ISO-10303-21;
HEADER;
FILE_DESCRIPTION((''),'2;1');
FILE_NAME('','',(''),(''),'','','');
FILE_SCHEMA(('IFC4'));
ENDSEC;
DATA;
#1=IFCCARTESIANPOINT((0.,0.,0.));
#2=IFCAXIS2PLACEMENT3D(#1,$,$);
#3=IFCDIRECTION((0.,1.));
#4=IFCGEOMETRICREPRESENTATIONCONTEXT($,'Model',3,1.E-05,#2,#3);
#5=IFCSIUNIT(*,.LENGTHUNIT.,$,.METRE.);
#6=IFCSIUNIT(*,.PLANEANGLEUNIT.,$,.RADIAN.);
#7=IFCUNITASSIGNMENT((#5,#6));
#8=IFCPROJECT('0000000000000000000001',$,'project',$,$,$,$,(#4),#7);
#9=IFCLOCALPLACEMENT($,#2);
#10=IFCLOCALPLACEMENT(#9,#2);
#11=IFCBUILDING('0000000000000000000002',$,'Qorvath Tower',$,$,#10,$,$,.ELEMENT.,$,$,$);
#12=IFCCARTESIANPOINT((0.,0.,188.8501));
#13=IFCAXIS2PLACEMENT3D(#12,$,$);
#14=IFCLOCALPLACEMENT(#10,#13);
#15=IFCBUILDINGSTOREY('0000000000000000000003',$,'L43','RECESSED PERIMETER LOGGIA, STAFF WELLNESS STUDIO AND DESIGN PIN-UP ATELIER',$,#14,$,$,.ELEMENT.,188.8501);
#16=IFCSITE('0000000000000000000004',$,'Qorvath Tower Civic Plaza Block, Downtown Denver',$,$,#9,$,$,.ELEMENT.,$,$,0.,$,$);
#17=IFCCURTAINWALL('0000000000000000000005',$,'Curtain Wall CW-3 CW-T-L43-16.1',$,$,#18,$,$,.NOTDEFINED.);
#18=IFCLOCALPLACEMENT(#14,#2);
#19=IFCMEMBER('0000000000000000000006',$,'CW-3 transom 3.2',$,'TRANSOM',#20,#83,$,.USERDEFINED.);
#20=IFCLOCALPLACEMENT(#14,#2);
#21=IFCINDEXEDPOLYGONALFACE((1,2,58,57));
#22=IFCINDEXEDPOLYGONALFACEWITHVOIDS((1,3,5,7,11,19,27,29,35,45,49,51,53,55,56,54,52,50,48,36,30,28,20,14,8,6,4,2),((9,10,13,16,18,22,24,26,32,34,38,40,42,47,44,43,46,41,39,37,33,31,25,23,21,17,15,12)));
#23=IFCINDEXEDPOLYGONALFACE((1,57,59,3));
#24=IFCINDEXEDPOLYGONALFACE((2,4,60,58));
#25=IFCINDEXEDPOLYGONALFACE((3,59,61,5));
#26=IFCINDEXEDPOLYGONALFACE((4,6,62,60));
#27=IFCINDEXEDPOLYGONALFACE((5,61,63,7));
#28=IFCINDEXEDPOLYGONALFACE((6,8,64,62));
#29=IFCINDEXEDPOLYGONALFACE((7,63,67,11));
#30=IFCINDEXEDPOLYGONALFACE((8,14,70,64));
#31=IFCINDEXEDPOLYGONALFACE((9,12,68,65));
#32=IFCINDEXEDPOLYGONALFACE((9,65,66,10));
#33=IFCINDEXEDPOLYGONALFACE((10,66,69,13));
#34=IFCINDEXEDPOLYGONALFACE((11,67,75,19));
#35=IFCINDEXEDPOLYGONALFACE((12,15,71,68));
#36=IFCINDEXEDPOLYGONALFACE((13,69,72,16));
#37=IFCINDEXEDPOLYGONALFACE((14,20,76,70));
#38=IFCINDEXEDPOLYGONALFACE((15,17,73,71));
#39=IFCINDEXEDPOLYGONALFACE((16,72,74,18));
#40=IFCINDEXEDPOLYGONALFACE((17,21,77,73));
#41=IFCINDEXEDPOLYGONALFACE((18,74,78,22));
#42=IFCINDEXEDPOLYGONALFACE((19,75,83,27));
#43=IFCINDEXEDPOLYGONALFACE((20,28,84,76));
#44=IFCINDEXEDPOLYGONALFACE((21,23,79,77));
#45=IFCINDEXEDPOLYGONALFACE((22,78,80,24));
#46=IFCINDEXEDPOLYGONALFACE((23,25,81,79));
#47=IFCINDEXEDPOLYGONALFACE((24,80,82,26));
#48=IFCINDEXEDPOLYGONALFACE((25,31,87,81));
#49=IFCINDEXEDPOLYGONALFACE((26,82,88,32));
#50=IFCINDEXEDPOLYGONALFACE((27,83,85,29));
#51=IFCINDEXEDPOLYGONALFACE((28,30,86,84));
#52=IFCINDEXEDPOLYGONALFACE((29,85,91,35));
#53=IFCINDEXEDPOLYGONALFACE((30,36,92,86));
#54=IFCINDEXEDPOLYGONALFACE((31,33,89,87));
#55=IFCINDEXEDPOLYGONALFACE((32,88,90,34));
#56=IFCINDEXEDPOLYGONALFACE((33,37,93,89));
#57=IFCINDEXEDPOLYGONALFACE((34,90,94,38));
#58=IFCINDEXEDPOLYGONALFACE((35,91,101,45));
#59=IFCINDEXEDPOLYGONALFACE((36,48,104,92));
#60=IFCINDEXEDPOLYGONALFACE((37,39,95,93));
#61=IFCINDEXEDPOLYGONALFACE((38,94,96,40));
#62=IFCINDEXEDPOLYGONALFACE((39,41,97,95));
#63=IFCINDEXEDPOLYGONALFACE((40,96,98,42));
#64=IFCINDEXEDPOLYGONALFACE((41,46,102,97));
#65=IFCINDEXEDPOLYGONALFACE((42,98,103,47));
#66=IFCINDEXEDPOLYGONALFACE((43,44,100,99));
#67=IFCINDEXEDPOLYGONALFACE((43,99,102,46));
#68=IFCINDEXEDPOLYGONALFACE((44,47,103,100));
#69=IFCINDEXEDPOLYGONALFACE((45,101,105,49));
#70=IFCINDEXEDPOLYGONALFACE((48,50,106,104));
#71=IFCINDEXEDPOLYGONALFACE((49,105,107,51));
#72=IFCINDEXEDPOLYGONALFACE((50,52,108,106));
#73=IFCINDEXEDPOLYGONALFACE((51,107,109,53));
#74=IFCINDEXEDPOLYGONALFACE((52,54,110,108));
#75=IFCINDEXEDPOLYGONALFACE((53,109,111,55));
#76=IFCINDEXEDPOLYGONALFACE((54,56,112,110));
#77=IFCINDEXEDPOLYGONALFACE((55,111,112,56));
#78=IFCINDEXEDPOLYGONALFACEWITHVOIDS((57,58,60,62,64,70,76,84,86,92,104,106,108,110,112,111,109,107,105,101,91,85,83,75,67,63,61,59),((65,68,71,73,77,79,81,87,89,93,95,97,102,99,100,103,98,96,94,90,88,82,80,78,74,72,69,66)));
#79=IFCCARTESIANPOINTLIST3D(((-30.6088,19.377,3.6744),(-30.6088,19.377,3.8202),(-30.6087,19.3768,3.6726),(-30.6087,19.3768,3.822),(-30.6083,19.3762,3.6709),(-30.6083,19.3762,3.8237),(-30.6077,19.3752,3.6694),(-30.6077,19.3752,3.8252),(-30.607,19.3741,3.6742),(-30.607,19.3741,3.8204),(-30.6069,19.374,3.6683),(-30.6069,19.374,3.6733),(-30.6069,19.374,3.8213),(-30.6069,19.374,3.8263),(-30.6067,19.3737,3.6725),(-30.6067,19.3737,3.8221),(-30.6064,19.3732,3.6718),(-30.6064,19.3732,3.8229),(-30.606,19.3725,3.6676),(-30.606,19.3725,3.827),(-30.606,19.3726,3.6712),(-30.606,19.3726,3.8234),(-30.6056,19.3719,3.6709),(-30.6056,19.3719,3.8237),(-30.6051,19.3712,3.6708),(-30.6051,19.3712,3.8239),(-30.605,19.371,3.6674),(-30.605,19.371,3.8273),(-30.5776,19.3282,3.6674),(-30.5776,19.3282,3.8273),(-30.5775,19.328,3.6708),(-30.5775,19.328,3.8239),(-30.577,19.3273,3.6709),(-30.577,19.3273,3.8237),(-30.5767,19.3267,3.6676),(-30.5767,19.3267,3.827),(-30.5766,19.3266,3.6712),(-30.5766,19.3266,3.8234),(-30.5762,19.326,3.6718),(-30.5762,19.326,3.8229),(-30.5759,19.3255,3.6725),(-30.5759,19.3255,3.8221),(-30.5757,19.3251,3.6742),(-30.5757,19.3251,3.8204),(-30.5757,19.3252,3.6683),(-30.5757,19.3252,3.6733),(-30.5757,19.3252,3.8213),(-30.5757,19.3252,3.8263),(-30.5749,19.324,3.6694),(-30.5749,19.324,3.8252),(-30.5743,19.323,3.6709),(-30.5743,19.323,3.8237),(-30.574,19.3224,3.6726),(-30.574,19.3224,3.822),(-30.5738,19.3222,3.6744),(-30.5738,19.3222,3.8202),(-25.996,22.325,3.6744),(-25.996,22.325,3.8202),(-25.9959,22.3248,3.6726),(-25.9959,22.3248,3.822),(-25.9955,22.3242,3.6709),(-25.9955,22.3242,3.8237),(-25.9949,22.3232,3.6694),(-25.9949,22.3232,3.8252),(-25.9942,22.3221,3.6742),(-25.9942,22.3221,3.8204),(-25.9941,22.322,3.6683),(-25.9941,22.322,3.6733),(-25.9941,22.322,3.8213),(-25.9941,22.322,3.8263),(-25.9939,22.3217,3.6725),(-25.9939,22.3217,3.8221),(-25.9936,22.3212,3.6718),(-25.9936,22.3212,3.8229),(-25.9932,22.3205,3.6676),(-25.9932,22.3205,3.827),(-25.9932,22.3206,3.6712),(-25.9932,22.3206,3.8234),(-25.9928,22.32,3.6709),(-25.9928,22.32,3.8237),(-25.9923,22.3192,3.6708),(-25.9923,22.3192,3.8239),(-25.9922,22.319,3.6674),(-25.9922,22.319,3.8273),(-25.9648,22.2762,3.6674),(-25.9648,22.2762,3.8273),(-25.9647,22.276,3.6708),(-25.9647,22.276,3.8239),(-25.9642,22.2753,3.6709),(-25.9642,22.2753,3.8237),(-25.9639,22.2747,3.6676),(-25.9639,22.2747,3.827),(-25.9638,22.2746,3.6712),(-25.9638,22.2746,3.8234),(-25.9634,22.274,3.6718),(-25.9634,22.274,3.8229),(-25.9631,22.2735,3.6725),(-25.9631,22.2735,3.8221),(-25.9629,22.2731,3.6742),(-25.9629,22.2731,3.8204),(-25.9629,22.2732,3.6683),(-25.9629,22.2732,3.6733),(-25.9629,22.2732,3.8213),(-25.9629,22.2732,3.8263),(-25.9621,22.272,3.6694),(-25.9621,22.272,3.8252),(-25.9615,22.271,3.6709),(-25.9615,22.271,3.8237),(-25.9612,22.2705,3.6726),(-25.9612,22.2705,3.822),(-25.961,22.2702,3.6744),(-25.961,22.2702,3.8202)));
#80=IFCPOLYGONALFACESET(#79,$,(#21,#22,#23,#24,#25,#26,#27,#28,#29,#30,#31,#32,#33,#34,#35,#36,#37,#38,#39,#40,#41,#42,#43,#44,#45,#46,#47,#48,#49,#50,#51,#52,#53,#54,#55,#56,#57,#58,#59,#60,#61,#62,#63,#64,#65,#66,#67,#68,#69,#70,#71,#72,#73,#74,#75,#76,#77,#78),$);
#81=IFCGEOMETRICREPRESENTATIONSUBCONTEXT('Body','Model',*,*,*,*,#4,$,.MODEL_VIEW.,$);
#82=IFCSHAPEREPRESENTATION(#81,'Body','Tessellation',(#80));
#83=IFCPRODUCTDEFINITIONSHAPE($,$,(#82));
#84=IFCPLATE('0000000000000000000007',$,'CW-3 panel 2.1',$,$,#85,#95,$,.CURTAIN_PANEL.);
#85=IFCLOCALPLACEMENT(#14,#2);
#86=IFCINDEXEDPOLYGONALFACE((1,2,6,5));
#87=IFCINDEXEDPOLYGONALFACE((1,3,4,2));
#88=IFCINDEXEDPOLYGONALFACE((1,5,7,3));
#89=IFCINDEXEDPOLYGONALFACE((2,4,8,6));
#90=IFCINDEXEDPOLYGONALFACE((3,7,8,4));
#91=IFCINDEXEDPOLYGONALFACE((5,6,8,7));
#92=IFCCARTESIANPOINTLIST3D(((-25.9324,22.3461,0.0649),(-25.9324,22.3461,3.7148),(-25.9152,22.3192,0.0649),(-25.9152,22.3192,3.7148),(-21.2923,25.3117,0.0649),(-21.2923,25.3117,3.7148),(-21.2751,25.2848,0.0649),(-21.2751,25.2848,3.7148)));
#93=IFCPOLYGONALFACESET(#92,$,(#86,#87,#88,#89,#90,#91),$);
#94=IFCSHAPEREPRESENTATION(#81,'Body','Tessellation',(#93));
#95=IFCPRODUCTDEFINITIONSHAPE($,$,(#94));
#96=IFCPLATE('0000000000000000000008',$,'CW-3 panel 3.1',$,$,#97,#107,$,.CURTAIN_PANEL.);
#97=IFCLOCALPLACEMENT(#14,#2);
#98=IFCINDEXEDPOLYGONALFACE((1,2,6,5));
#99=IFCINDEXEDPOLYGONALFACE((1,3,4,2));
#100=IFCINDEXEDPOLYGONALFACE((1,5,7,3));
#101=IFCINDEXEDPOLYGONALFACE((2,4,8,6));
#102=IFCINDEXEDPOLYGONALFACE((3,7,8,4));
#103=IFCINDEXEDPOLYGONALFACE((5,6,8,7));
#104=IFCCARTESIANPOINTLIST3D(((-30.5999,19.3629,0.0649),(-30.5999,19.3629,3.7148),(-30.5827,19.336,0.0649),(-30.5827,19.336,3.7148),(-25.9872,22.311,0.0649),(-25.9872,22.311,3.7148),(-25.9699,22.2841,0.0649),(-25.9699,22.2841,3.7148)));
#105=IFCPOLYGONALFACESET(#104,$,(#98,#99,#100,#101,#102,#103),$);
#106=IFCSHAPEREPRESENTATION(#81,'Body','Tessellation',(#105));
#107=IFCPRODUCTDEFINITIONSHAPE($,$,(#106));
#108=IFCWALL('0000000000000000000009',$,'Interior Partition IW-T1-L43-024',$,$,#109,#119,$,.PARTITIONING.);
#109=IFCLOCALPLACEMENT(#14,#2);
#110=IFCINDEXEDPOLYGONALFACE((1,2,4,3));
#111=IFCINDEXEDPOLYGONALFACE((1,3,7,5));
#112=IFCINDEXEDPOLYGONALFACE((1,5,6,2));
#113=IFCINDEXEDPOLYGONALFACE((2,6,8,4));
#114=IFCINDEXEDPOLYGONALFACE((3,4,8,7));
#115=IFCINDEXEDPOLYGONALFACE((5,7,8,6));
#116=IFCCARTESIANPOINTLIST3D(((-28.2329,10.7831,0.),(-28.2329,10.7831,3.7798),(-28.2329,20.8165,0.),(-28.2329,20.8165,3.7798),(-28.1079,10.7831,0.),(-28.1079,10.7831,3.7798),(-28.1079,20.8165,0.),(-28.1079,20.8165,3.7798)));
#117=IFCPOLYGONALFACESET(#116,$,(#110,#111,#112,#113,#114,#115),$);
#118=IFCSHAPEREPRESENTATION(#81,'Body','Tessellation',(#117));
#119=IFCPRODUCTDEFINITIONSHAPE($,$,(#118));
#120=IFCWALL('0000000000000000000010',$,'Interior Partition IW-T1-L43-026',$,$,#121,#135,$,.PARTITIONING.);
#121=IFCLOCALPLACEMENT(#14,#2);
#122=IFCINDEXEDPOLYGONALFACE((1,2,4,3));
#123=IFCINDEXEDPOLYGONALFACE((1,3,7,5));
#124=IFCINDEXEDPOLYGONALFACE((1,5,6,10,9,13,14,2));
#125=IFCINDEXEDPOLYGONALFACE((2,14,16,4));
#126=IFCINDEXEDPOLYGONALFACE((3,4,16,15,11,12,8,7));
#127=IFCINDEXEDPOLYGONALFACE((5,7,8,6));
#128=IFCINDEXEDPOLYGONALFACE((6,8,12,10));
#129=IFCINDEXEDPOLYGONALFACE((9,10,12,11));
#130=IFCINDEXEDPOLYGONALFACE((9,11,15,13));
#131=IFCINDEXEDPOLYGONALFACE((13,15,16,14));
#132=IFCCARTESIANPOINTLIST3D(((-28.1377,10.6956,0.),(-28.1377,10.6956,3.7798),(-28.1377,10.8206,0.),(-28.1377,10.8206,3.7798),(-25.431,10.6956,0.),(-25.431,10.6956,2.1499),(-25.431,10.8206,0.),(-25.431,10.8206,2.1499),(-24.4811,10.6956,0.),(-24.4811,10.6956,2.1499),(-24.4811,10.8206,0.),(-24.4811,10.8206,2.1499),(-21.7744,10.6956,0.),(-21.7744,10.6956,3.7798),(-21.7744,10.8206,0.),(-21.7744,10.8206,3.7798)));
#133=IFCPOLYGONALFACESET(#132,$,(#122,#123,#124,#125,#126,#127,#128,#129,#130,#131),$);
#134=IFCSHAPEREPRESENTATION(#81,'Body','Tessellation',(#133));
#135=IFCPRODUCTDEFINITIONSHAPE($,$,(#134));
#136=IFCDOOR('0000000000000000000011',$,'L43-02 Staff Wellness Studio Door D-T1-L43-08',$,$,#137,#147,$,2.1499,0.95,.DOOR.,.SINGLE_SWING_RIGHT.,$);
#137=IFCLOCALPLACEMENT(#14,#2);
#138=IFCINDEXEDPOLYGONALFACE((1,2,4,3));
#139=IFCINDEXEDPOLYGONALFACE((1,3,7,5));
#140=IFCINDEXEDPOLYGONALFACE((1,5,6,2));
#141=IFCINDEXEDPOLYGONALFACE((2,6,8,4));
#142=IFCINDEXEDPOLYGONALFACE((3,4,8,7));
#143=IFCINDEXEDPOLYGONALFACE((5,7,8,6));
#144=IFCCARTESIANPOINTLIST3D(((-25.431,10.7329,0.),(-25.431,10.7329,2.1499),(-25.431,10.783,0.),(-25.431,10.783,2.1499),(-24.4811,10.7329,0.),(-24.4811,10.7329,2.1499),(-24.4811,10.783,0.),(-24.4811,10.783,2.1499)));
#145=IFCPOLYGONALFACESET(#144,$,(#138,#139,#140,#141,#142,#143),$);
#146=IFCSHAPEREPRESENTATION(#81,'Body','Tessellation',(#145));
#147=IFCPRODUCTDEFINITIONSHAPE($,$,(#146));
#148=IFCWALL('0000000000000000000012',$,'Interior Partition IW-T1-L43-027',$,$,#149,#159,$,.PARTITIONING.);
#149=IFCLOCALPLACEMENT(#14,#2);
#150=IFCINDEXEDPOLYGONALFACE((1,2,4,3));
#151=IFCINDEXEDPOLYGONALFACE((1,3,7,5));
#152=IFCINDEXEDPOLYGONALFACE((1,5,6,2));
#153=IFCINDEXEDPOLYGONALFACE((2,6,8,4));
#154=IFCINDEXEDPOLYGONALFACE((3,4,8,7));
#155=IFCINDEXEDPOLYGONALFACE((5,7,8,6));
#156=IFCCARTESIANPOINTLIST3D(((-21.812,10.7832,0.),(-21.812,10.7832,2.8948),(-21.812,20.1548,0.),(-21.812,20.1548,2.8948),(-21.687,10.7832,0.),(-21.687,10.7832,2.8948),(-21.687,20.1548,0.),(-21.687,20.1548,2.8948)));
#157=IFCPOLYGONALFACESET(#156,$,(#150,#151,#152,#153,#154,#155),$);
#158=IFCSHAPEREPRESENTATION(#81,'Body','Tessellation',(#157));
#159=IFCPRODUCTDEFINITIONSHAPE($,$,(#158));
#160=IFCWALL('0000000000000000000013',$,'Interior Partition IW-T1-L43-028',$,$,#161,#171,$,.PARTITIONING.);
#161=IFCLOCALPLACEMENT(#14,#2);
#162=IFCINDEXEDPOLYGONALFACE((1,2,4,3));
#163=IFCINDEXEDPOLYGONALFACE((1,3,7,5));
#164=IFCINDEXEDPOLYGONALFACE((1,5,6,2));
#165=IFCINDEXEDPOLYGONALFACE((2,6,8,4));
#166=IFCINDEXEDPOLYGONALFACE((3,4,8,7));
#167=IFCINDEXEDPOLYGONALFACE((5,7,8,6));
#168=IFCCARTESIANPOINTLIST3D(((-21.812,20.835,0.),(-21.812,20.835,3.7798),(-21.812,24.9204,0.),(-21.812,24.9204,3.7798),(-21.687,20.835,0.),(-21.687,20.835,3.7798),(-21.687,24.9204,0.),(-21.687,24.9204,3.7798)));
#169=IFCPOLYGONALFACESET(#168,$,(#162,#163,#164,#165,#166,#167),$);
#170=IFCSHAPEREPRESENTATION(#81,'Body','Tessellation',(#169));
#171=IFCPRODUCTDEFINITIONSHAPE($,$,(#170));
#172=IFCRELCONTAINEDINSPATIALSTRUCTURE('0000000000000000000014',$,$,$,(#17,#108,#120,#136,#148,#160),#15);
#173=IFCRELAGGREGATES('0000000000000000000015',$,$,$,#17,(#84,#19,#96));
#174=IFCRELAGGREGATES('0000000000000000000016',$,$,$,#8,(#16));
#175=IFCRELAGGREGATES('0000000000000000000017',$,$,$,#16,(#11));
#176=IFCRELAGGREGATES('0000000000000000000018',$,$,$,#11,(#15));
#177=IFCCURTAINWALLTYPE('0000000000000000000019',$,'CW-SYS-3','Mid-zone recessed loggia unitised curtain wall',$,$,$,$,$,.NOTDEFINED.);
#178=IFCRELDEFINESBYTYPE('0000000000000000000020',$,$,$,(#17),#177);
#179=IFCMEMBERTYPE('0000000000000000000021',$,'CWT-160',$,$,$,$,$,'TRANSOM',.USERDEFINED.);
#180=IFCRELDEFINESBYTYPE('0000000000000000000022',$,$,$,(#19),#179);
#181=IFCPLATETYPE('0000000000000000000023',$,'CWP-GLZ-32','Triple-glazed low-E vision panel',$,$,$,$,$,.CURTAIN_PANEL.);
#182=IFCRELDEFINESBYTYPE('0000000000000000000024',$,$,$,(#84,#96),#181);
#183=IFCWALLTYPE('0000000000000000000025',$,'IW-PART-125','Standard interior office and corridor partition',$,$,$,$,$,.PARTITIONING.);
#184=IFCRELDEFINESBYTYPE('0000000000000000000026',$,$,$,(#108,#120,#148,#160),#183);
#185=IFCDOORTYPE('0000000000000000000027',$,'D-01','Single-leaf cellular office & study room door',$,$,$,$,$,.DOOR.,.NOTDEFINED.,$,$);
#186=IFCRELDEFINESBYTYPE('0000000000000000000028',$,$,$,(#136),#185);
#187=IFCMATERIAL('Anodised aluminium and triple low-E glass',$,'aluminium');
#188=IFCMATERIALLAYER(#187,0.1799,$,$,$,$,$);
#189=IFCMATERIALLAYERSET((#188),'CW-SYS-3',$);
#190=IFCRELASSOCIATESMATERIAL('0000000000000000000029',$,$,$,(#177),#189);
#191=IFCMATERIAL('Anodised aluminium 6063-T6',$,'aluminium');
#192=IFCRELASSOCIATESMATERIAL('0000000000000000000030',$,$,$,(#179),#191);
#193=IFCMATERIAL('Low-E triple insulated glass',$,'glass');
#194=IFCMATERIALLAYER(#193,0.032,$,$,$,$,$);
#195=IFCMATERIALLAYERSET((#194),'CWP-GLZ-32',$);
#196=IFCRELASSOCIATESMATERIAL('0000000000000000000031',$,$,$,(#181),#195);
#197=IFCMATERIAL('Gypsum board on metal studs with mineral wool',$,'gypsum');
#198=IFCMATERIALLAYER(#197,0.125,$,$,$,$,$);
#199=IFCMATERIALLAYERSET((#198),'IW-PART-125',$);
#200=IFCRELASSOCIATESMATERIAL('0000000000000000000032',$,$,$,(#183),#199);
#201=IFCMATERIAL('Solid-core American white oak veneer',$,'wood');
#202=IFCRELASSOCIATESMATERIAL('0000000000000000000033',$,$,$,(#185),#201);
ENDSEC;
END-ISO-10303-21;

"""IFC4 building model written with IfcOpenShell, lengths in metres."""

from ifc_helpers import new_model, si_unit, direction, frame, frame_2d, origin, origin_2d, place, context, subcontext, project, spatial, rectangle, hollow_rectangle, extrude, material, layer, layer_set, material_profile, profile_set, type_object, element, fill, aggregate, save


model = new_model("IFC4")

# Units and contexts
model_context = context("Model", 3, precision=1e-05, world=origin(), true_north=direction((0.0, 1.0)))
body_context = subcontext(model_context, "Body", "Model", "MODEL_VIEW")
ifc_project = project(units=[si_unit("LENGTHUNIT", "METRE"), si_unit("PLANEANGLEUNIT", "RADIAN")], contexts=[model_context])

# Site, building, storey
site_placement = place(None, origin())
site = spatial("IfcSite", under=ifc_project, at=site_placement, Name="Qorvath Tower Civic Plaza Block, Downtown Denver", CompositionType="ELEMENT", RefElevation=0.0)
building_placement = place(site_placement, origin())
building = spatial("IfcBuilding", under=site, at=building_placement, Name="Qorvath Tower", CompositionType="ELEMENT")
storey_placement = place(building_placement, frame((0.0, 0.0, 188.8501)))
storey = spatial("IfcBuildingStorey", under=building, at=storey_placement, Name="L43", Description="RECESSED PERIMETER LOGGIA, STAFF WELLNESS STUDIO AND DESIGN PIN-UP ATELIER", CompositionType="ELEMENT", Elevation=188.8501)

# Curtain wall, member, plates
ifc_material_1 = material(Name="Anodised aluminium and triple low-E glass", Category="aluminium")
ifc_layer_1 = layer(ifc_material_1, 0.1799)
ifc_layer_set_1 = layer_set([ifc_layer_1], Name="CW-SYS-3")
curtain_wall_type = type_object("IfcCurtainWallType", Name="CW-SYS-3", Description="Mid-zone recessed loggia unitised curtain wall", PredefinedType="NOTDEFINED", material=ifc_layer_set_1)
curtain_wall_placement = place(storey_placement, origin())
curtain_wall = element("IfcCurtainWall", 1, at=curtain_wall_placement, inside=storey, type_object=curtain_wall_type, Name="Curtain Wall CW-3 CW-T-L43-16.1", PredefinedType="NOTDEFINED")
ifc_material_2 = material(Name="Anodised aluminium 6063-T6", Category="aluminium")
ifc_material_profile_1 = material_profile(ifc_material_2, hollow_rectangle(XDim=0.0649, YDim=0.1599, WallThickness=0.0034, InnerFilletRadius=0.0034, OuterFilletRadius=0.0071, at=origin_2d()), Name="CWT 160x65")
ifc_profile_set_1 = profile_set([ifc_material_profile_1], Name="Anodised aluminium 6063-T6")
member_type_1 = type_object("IfcMemberType", Name="CWT-160", ElementType="TRANSOM", PredefinedType="USERDEFINED", material=ifc_profile_set_1)
member_1_placement = place(storey_placement, frame((-25.9785, 22.2976, 3.7473), z_axis=(-0.842619, -0.538511, 0.0), x_axis=(0.538511, -0.842619, 0.0)))
member_1 = element("IfcMember", 2, at=member_1_placement, type_object=member_type_1, Name="CW-3 transom 3.2", ObjectType="TRANSOM", PredefinedType="USERDEFINED", context=body_context, shape_type="SweptSolid", body=[
    extrude(hollow_rectangle(XDim=0.0649, YDim=0.1599, WallThickness=0.0034, InnerFilletRadius=0.0034, OuterFilletRadius=0.0071, at=origin_2d()), origin(), (0.0, 0.0, 1.0), 5.4744),
])
ifc_material_3 = material(Name="Low-E triple insulated glass", Category="glass")
ifc_layer_2 = layer(ifc_material_3, 0.032)
ifc_layer_set_2 = layer_set([ifc_layer_2], Name="CWP-GLZ-32")
plate_type = type_object("IfcPlateType", Name="CWP-GLZ-32", Description="Triple-glazed low-E vision panel", PredefinedType="CURTAIN_PANEL", material=ifc_layer_set_2)
plate_1_placement = place(storey_placement, frame((-23.6038, 23.8154, 0.0649), z_axis=(0.0, 0.0, 1.0), x_axis=(-0.842606, -0.538531, 0.0)))
plate_1 = element("IfcPlate", 3, at=plate_1_placement, type_object=plate_type, Name="CW-3 panel 2.1", PredefinedType="CURTAIN_PANEL", context=body_context, shape_type="SweptSolid", body=[
    extrude(rectangle(XDim=5.5068, YDim=0.032, at=origin_2d()), origin(), (0.0, 0.0, 1.0), 3.6499),
])
plate_2_placement = place(storey_placement, frame((-28.2849, 20.8235, 0.0649), z_axis=(0.0, 0.0, 1.0), x_axis=(-0.842606, -0.538531, 0.0)))
plate_2 = element("IfcPlate", 4, at=plate_2_placement, type_object=plate_type, Name="CW-3 panel 3.1", PredefinedType="CURTAIN_PANEL", context=body_context, shape_type="SweptSolid", body=[
    extrude(rectangle(XDim=5.4744, YDim=0.032, at=origin_2d()), origin(), (0.0, 0.0, 1.0), 3.6499),
])
aggregate(curtain_wall, [plate_1, member_1, plate_2])

# Wall
ifc_material_4 = material(Name="Gypsum board on metal studs with mineral wool", Category="gypsum")
ifc_layer_3 = layer(ifc_material_4, 0.125)
ifc_layer_set_3 = layer_set([ifc_layer_3], Name="IW-PART-125")
wall_type = type_object("IfcWallType", Name="IW-PART-125", Description="Standard interior office and corridor partition", PredefinedType="PARTITIONING", material=ifc_layer_set_3)
wall_1_placement = place(storey_placement, frame((-28.1704, 10.7832, 0.0), z_axis=(0.0, 0.0, 1.0), x_axis=(0.0, 1.0, 0.0)))
element("IfcWall", 5, at=wall_1_placement, inside=storey, type_object=wall_type, Name="Interior Partition IW-T1-L43-024", PredefinedType="PARTITIONING", context=body_context, shape_type="SweptSolid", body=[
    extrude(rectangle(XDim=10.0334, YDim=0.125, at=frame_2d((5.0166, 0.0))), origin(), (0.0, 0.0, 1.0), 3.7798),
])

# Wall, opening, door
wall_2_placement = place(storey_placement, frame((-28.1377, 10.7581, 0.0), z_axis=(0.0, 0.0, 1.0), x_axis=(1.0, 0.0, 0.0)))
wall_2 = element("IfcWall", 6, at=wall_2_placement, inside=storey, type_object=wall_type, Name="Interior Partition IW-T1-L43-026", PredefinedType="PARTITIONING", context=body_context, shape_type="SweptSolid", body=[
    extrude(rectangle(XDim=6.3633, YDim=0.125, at=frame_2d((3.1816, 0.0))), origin(), (0.0, 0.0, 1.0), 3.7798),
])
opening_1_placement = place(wall_2_placement, frame((2.7065, 0.0, 0.0)))
opening_1 = element("IfcOpeningElement", 7, at=opening_1_placement, cuts=wall_2, PredefinedType="OPENING", context=body_context, shape_type="SweptSolid", body=[
    extrude(rectangle(XDim=0.95, YDim=2.1499, at=frame_2d((0.4751, 1.075))), frame((0.0, 0.0725, 0.0), z_axis=(0.0, -1.0, 0.0), x_axis=(1.0, 0.0, 0.0)), (0.0, 0.0, 1.0), 0.145),
])
ifc_material_5 = material(Name="Solid-core American white oak veneer", Category="wood")
door_type = type_object("IfcDoorType", Name="D-01", Description="Single-leaf cellular office & study room door", OperationType="NOTDEFINED", PredefinedType="DOOR", material=ifc_material_5)
door_1_placement = place(opening_1_placement, origin())
door_1 = element("IfcDoor", 8, at=door_1_placement, inside=storey, type_object=door_type, Name="L43-02 Staff Wellness Studio Door D-T1-L43-08", OperationType="SINGLE_SWING_RIGHT", OverallHeight=2.1499, OverallWidth=0.95, PredefinedType="DOOR", context=body_context, shape_type="SweptSolid", body=[
    extrude(rectangle(XDim=0.95, YDim=2.1499, at=frame_2d((0.4751, 1.075))), frame((0.0, 0.0249, 0.0), z_axis=(0.0, -1.0, 0.0), x_axis=(1.0, 0.0, 0.0)), (0.0, 0.0, 1.0), 0.05),
])
fill(opening_1, door_1)

# Walls
wall_3_placement = place(storey_placement, frame((-21.7495, 10.7832, 0.0), z_axis=(0.0, 0.0, 1.0), x_axis=(0.0, 1.0, 0.0)))
element("IfcWall", 9, at=wall_3_placement, inside=storey, type_object=wall_type, Name="Interior Partition IW-T1-L43-027", PredefinedType="PARTITIONING", context=body_context, shape_type="SweptSolid", body=[
    extrude(rectangle(XDim=9.3716, YDim=0.125, at=frame_2d((4.6858, 0.0))), origin(), (0.0, 0.0, 1.0), 2.8948),
])
wall_4_placement = place(storey_placement, frame((-21.7495, 20.835, 0.0), z_axis=(0.0, 0.0, 1.0), x_axis=(0.0, 1.0, 0.0)))
element("IfcWall", 10, at=wall_4_placement, inside=storey, type_object=wall_type, Name="Interior Partition IW-T1-L43-028", PredefinedType="PARTITIONING", context=body_context, shape_type="SweptSolid", body=[
    extrude(rectangle(XDim=4.0854, YDim=0.125, at=frame_2d((2.0427, 0.0))), origin(), (0.0, 0.0, 1.0), 3.7798),
])

save(model, "model.ifc")
